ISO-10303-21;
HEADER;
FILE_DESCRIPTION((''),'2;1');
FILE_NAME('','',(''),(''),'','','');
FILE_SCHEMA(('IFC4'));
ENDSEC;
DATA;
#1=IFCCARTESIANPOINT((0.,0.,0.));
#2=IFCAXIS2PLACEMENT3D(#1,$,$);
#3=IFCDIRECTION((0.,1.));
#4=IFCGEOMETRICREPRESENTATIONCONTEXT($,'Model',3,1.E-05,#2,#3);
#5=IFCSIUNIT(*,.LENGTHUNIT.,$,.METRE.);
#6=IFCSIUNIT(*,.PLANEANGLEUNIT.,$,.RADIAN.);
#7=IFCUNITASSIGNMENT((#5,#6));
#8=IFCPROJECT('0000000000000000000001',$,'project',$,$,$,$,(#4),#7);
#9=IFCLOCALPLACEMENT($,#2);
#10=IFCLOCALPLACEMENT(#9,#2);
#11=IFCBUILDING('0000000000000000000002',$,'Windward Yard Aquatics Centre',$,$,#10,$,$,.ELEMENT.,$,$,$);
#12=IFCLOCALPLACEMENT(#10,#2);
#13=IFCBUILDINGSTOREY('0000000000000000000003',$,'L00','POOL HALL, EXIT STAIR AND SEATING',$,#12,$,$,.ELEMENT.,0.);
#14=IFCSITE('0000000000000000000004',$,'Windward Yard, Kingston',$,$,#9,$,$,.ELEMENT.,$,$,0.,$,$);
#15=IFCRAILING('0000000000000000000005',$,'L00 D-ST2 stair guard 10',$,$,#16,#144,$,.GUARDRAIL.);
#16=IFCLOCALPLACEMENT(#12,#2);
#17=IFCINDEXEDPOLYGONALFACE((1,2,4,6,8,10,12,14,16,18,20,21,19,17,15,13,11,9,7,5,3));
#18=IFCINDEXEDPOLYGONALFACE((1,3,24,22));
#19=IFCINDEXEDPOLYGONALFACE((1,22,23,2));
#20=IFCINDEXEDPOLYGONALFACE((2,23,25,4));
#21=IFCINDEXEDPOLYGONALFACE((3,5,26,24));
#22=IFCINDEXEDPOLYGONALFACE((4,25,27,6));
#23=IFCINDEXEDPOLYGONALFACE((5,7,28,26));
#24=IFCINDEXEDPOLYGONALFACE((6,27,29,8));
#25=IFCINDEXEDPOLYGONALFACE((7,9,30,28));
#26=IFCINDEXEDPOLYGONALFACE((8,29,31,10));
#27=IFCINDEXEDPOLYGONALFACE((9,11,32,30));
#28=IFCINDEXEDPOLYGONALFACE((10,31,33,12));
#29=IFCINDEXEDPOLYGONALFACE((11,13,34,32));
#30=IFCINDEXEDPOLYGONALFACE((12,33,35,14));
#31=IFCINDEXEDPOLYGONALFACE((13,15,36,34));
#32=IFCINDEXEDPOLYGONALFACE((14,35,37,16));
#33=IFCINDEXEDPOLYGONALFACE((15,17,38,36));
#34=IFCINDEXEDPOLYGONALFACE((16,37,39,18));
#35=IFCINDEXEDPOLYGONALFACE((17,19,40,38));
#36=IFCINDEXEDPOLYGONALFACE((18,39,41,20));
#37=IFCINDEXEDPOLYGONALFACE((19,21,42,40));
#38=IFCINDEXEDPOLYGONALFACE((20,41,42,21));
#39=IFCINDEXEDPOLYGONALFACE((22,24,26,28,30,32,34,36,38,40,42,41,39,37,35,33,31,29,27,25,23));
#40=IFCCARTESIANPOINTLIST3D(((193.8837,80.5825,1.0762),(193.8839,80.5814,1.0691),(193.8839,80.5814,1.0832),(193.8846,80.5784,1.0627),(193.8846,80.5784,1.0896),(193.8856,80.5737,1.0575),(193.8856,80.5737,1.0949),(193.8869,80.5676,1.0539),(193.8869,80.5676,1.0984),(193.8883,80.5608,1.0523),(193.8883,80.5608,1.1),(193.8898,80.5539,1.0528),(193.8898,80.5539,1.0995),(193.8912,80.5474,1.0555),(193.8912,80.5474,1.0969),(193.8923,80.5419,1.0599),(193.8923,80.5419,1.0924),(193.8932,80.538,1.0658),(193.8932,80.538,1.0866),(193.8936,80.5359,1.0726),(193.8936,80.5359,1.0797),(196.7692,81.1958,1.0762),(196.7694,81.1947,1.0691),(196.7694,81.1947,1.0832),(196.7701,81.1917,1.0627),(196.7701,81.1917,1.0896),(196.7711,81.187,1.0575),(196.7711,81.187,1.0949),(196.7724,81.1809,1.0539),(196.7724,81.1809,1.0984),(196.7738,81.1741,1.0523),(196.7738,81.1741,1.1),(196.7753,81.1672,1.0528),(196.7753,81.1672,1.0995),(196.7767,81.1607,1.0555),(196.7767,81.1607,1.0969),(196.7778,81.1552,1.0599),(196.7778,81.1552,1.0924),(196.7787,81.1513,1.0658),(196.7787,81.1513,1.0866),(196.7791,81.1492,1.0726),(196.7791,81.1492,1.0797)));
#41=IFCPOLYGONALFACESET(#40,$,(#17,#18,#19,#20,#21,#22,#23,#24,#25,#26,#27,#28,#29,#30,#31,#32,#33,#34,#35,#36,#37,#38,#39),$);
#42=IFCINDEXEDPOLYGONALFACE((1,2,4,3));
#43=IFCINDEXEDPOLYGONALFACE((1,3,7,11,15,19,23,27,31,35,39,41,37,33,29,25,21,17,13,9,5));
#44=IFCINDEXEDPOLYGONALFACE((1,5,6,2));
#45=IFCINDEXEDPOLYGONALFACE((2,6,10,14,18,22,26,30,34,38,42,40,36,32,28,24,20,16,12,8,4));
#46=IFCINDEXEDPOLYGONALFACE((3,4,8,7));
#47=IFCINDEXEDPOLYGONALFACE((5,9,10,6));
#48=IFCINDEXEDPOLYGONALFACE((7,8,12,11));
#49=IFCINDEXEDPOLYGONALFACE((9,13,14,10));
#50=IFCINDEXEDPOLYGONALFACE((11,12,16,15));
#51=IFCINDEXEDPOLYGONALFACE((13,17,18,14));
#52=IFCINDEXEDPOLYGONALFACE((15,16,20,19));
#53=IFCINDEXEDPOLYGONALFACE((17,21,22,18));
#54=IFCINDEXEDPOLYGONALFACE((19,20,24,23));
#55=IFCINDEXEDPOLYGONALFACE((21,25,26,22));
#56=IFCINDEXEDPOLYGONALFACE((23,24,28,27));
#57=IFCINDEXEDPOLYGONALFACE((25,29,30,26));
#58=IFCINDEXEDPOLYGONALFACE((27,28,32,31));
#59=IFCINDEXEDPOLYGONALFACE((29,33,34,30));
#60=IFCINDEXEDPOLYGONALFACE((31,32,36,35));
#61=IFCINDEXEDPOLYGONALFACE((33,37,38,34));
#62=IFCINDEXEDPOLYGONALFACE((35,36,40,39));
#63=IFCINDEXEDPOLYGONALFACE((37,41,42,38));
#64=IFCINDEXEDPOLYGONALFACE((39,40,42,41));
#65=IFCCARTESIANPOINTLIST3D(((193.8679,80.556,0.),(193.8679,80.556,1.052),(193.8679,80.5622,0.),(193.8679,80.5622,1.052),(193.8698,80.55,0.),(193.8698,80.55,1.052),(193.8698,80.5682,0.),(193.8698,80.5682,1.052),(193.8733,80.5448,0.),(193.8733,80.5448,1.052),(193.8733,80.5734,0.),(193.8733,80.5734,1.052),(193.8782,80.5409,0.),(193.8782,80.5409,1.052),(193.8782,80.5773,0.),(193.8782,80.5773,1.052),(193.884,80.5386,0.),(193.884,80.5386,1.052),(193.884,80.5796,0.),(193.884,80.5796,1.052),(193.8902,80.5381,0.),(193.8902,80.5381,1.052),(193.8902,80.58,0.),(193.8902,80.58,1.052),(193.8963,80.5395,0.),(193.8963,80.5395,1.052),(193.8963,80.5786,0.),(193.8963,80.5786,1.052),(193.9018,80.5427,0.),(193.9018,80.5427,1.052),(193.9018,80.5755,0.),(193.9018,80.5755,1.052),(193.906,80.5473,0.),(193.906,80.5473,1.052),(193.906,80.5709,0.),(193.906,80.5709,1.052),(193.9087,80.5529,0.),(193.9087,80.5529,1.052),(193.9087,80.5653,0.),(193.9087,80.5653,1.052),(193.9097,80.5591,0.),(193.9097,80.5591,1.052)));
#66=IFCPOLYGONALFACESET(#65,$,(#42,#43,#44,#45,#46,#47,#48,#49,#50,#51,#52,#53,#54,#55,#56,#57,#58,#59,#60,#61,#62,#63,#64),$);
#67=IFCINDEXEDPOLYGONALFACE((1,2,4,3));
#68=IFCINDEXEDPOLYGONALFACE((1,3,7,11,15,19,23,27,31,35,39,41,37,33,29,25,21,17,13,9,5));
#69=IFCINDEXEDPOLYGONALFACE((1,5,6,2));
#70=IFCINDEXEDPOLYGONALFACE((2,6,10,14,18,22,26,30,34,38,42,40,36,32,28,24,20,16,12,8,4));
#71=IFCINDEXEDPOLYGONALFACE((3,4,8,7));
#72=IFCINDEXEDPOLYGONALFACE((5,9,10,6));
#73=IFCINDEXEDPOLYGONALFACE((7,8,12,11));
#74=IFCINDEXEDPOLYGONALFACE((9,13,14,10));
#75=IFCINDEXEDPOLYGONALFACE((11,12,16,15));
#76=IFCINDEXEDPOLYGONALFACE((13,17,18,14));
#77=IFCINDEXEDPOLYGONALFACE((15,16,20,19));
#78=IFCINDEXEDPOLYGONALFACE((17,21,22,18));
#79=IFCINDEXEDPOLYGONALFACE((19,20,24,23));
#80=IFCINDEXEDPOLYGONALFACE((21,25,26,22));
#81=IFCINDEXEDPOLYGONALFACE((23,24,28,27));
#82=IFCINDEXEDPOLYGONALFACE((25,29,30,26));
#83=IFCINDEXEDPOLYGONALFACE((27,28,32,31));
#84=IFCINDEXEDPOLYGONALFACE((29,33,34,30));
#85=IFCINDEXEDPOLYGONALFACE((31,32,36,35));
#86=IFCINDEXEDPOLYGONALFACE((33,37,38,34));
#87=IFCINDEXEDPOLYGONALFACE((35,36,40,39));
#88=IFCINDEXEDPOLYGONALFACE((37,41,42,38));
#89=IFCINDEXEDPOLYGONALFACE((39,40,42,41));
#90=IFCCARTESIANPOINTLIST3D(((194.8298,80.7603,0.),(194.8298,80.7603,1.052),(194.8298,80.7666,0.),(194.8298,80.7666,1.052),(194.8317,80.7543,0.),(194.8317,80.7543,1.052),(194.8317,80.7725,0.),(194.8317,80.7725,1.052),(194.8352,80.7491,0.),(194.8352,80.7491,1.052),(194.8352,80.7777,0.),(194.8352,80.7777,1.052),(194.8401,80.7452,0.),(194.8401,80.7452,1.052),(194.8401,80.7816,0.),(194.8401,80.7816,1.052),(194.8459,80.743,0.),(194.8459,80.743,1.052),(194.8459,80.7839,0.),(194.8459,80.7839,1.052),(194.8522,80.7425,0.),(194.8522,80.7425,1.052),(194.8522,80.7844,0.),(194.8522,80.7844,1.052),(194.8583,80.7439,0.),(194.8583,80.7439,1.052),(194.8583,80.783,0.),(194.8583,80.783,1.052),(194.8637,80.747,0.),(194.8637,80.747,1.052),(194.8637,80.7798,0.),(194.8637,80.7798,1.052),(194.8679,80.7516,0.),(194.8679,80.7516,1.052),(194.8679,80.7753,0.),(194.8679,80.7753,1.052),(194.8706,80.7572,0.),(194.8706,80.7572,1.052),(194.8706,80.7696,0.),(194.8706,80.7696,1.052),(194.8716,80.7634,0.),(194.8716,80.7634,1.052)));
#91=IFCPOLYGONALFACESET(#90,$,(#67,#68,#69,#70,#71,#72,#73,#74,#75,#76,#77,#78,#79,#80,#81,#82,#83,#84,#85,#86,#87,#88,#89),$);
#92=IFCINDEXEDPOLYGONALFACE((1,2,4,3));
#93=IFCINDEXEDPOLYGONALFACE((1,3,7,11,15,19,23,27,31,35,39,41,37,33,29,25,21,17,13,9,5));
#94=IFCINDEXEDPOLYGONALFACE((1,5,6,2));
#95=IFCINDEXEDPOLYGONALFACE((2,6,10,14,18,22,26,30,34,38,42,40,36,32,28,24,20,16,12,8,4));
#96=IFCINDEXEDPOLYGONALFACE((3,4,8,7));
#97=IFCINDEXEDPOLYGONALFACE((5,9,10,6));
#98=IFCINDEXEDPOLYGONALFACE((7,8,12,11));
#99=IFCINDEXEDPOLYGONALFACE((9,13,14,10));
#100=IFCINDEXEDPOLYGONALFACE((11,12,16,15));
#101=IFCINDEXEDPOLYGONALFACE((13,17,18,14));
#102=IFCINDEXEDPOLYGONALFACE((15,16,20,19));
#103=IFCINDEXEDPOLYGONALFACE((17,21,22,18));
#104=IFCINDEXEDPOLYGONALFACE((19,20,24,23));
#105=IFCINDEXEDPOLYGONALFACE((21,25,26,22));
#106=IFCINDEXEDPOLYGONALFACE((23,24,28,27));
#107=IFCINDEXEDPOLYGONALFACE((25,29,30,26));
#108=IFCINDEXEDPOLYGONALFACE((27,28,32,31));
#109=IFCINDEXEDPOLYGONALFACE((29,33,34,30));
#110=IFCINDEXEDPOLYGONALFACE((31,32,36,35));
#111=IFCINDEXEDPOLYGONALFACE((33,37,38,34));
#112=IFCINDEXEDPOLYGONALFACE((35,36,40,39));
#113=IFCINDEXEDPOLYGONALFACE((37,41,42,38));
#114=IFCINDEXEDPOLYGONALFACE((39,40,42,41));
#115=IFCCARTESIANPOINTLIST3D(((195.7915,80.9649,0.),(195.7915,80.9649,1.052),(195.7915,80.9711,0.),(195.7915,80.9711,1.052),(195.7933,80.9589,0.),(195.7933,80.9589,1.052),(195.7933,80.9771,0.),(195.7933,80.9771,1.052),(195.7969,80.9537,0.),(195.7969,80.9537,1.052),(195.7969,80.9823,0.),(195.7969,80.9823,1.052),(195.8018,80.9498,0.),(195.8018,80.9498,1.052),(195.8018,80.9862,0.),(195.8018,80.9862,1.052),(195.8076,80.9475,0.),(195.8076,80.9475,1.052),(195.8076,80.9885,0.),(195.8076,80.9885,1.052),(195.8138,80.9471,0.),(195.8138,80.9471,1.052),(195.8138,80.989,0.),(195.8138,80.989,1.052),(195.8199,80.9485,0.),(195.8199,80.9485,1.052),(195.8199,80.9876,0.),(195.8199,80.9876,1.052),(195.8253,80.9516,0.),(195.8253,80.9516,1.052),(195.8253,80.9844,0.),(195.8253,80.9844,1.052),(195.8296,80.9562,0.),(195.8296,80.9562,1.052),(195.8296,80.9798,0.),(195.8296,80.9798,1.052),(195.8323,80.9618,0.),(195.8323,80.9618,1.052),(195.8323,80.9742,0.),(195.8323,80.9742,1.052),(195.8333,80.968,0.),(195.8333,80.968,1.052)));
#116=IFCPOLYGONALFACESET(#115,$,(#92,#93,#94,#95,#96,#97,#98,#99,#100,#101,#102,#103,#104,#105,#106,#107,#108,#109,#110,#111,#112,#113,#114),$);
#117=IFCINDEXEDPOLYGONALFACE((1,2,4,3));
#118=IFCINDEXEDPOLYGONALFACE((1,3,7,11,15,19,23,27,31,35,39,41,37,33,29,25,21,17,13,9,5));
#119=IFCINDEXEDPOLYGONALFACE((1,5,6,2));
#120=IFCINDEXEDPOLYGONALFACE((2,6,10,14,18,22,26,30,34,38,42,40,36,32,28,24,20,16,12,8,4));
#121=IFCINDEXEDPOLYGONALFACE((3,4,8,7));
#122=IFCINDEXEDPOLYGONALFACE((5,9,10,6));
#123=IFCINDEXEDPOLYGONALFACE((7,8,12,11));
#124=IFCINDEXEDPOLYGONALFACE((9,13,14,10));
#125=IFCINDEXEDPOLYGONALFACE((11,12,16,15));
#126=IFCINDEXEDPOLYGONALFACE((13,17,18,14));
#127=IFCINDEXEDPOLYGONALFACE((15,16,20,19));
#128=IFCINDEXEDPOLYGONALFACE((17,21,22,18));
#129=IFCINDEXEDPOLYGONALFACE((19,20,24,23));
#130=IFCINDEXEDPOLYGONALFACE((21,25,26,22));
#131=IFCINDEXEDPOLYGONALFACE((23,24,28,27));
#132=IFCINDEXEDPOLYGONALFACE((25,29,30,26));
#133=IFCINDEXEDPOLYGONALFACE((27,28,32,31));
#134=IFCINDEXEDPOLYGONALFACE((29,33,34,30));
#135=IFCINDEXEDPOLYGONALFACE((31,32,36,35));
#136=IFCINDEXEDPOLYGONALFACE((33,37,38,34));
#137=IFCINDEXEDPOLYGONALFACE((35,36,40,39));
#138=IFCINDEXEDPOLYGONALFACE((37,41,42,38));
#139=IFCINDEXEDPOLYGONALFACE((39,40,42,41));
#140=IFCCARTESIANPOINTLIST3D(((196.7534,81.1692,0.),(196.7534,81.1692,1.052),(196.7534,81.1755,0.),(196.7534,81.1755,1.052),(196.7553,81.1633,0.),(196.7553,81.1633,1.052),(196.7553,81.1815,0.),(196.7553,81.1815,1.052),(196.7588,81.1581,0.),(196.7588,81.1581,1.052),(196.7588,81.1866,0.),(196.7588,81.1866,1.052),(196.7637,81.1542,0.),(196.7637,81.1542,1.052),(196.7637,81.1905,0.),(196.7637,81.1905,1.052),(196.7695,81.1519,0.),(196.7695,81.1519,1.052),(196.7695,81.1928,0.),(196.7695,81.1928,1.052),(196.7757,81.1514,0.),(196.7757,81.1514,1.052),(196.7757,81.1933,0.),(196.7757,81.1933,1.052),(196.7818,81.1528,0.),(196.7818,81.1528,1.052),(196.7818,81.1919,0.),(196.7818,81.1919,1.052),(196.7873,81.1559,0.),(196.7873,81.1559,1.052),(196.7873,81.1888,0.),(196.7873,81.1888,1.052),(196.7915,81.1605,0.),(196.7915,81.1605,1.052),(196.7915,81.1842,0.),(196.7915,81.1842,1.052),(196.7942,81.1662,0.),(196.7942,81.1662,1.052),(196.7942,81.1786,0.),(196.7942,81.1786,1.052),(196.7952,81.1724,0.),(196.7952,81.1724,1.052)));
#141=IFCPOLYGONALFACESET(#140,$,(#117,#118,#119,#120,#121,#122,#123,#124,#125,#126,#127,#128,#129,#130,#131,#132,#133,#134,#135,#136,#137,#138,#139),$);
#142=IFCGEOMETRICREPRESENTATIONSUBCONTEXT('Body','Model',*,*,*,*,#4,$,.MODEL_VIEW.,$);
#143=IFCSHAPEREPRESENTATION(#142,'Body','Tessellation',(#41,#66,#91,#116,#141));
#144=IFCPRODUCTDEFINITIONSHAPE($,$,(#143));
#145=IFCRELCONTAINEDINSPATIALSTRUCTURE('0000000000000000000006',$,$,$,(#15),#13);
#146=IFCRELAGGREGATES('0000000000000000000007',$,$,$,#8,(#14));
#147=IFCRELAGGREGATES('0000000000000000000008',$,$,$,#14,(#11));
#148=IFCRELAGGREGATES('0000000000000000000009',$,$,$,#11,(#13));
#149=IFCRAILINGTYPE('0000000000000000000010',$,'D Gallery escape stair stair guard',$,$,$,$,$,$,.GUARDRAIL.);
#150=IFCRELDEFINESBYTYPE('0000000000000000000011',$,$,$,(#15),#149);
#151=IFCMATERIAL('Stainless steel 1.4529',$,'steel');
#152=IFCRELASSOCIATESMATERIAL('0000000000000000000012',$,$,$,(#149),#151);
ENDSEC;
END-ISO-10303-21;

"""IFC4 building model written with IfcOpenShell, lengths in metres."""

from ifc_helpers import new_model, si_unit, direction, frame, origin, origin_2d, place, context, subcontext, project, spatial, circle, extrude, material, type_object, element, save


model = new_model("IFC4")

# Units and contexts
model_context = context("Model", 3, precision=1e-05, world=origin(), true_north=direction((0.0, 1.0)))
body_context = subcontext(model_context, "Body", "Model", "MODEL_VIEW")
ifc_project = project(units=[si_unit("LENGTHUNIT", "METRE"), si_unit("PLANEANGLEUNIT", "RADIAN")], contexts=[model_context])

# Site, building, storey
site_placement = place(None, origin())
site = spatial("IfcSite", under=ifc_project, at=site_placement, Name="Windward Yard, Kingston", CompositionType="ELEMENT", RefElevation=0.0)
building_placement = place(site_placement, origin())
building = spatial("IfcBuilding", under=site, at=building_placement, Name="Windward Yard Aquatics Centre", CompositionType="ELEMENT")
storey_placement = place(building_placement, origin())
storey = spatial("IfcBuildingStorey", under=building, at=storey_placement, Name="L00", Description="POOL HALL, EXIT STAIR AND SEATING", CompositionType="ELEMENT", Elevation=0.0)

# Railing
ifc_material_1 = material(Name="Stainless steel 1.4529", Category="steel")
railing_type = type_object("IfcRailingType", Name="D Gallery escape stair stair guard", PredefinedType="GUARDRAIL", material=ifc_material_1)
railing_1_placement = place(storey_placement, frame((193.8887, 80.5591, 0.0)))
element("IfcRailing", 1, at=railing_1_placement, inside=storey, type_object=railing_type, Name="L00 D-ST2 stair guard 10", PredefinedType="GUARDRAIL", context=body_context, shape_type="SweptSolid", body=[
    extrude(circle(Radius=0.0239, at=origin_2d()), frame((0.0, 0.0, 1.0762), z_axis=(0.978151, 0.207895, 0.0), x_axis=(-0.207895, 0.978151, 0.0)), (0.0, 0.0, 1.0), 2.95),
    extrude(circle(Radius=0.021, at=origin_2d()), origin(), (0.0, 0.0, 1.0), 1.052),
    extrude(circle(Radius=0.021, at=origin_2d()), frame((0.9619, 0.2043, 0.0)), (0.0, 0.0, 1.0), 1.052),
    extrude(circle(Radius=0.021, at=origin_2d()), frame((1.9236, 0.4089, 0.0)), (0.0, 0.0, 1.0), 1.052),
    extrude(circle(Radius=0.021, at=origin_2d()), frame((2.8855, 0.6133, 0.0)), (0.0, 0.0, 1.0), 1.052),
])

save(model, "model.ifc")
